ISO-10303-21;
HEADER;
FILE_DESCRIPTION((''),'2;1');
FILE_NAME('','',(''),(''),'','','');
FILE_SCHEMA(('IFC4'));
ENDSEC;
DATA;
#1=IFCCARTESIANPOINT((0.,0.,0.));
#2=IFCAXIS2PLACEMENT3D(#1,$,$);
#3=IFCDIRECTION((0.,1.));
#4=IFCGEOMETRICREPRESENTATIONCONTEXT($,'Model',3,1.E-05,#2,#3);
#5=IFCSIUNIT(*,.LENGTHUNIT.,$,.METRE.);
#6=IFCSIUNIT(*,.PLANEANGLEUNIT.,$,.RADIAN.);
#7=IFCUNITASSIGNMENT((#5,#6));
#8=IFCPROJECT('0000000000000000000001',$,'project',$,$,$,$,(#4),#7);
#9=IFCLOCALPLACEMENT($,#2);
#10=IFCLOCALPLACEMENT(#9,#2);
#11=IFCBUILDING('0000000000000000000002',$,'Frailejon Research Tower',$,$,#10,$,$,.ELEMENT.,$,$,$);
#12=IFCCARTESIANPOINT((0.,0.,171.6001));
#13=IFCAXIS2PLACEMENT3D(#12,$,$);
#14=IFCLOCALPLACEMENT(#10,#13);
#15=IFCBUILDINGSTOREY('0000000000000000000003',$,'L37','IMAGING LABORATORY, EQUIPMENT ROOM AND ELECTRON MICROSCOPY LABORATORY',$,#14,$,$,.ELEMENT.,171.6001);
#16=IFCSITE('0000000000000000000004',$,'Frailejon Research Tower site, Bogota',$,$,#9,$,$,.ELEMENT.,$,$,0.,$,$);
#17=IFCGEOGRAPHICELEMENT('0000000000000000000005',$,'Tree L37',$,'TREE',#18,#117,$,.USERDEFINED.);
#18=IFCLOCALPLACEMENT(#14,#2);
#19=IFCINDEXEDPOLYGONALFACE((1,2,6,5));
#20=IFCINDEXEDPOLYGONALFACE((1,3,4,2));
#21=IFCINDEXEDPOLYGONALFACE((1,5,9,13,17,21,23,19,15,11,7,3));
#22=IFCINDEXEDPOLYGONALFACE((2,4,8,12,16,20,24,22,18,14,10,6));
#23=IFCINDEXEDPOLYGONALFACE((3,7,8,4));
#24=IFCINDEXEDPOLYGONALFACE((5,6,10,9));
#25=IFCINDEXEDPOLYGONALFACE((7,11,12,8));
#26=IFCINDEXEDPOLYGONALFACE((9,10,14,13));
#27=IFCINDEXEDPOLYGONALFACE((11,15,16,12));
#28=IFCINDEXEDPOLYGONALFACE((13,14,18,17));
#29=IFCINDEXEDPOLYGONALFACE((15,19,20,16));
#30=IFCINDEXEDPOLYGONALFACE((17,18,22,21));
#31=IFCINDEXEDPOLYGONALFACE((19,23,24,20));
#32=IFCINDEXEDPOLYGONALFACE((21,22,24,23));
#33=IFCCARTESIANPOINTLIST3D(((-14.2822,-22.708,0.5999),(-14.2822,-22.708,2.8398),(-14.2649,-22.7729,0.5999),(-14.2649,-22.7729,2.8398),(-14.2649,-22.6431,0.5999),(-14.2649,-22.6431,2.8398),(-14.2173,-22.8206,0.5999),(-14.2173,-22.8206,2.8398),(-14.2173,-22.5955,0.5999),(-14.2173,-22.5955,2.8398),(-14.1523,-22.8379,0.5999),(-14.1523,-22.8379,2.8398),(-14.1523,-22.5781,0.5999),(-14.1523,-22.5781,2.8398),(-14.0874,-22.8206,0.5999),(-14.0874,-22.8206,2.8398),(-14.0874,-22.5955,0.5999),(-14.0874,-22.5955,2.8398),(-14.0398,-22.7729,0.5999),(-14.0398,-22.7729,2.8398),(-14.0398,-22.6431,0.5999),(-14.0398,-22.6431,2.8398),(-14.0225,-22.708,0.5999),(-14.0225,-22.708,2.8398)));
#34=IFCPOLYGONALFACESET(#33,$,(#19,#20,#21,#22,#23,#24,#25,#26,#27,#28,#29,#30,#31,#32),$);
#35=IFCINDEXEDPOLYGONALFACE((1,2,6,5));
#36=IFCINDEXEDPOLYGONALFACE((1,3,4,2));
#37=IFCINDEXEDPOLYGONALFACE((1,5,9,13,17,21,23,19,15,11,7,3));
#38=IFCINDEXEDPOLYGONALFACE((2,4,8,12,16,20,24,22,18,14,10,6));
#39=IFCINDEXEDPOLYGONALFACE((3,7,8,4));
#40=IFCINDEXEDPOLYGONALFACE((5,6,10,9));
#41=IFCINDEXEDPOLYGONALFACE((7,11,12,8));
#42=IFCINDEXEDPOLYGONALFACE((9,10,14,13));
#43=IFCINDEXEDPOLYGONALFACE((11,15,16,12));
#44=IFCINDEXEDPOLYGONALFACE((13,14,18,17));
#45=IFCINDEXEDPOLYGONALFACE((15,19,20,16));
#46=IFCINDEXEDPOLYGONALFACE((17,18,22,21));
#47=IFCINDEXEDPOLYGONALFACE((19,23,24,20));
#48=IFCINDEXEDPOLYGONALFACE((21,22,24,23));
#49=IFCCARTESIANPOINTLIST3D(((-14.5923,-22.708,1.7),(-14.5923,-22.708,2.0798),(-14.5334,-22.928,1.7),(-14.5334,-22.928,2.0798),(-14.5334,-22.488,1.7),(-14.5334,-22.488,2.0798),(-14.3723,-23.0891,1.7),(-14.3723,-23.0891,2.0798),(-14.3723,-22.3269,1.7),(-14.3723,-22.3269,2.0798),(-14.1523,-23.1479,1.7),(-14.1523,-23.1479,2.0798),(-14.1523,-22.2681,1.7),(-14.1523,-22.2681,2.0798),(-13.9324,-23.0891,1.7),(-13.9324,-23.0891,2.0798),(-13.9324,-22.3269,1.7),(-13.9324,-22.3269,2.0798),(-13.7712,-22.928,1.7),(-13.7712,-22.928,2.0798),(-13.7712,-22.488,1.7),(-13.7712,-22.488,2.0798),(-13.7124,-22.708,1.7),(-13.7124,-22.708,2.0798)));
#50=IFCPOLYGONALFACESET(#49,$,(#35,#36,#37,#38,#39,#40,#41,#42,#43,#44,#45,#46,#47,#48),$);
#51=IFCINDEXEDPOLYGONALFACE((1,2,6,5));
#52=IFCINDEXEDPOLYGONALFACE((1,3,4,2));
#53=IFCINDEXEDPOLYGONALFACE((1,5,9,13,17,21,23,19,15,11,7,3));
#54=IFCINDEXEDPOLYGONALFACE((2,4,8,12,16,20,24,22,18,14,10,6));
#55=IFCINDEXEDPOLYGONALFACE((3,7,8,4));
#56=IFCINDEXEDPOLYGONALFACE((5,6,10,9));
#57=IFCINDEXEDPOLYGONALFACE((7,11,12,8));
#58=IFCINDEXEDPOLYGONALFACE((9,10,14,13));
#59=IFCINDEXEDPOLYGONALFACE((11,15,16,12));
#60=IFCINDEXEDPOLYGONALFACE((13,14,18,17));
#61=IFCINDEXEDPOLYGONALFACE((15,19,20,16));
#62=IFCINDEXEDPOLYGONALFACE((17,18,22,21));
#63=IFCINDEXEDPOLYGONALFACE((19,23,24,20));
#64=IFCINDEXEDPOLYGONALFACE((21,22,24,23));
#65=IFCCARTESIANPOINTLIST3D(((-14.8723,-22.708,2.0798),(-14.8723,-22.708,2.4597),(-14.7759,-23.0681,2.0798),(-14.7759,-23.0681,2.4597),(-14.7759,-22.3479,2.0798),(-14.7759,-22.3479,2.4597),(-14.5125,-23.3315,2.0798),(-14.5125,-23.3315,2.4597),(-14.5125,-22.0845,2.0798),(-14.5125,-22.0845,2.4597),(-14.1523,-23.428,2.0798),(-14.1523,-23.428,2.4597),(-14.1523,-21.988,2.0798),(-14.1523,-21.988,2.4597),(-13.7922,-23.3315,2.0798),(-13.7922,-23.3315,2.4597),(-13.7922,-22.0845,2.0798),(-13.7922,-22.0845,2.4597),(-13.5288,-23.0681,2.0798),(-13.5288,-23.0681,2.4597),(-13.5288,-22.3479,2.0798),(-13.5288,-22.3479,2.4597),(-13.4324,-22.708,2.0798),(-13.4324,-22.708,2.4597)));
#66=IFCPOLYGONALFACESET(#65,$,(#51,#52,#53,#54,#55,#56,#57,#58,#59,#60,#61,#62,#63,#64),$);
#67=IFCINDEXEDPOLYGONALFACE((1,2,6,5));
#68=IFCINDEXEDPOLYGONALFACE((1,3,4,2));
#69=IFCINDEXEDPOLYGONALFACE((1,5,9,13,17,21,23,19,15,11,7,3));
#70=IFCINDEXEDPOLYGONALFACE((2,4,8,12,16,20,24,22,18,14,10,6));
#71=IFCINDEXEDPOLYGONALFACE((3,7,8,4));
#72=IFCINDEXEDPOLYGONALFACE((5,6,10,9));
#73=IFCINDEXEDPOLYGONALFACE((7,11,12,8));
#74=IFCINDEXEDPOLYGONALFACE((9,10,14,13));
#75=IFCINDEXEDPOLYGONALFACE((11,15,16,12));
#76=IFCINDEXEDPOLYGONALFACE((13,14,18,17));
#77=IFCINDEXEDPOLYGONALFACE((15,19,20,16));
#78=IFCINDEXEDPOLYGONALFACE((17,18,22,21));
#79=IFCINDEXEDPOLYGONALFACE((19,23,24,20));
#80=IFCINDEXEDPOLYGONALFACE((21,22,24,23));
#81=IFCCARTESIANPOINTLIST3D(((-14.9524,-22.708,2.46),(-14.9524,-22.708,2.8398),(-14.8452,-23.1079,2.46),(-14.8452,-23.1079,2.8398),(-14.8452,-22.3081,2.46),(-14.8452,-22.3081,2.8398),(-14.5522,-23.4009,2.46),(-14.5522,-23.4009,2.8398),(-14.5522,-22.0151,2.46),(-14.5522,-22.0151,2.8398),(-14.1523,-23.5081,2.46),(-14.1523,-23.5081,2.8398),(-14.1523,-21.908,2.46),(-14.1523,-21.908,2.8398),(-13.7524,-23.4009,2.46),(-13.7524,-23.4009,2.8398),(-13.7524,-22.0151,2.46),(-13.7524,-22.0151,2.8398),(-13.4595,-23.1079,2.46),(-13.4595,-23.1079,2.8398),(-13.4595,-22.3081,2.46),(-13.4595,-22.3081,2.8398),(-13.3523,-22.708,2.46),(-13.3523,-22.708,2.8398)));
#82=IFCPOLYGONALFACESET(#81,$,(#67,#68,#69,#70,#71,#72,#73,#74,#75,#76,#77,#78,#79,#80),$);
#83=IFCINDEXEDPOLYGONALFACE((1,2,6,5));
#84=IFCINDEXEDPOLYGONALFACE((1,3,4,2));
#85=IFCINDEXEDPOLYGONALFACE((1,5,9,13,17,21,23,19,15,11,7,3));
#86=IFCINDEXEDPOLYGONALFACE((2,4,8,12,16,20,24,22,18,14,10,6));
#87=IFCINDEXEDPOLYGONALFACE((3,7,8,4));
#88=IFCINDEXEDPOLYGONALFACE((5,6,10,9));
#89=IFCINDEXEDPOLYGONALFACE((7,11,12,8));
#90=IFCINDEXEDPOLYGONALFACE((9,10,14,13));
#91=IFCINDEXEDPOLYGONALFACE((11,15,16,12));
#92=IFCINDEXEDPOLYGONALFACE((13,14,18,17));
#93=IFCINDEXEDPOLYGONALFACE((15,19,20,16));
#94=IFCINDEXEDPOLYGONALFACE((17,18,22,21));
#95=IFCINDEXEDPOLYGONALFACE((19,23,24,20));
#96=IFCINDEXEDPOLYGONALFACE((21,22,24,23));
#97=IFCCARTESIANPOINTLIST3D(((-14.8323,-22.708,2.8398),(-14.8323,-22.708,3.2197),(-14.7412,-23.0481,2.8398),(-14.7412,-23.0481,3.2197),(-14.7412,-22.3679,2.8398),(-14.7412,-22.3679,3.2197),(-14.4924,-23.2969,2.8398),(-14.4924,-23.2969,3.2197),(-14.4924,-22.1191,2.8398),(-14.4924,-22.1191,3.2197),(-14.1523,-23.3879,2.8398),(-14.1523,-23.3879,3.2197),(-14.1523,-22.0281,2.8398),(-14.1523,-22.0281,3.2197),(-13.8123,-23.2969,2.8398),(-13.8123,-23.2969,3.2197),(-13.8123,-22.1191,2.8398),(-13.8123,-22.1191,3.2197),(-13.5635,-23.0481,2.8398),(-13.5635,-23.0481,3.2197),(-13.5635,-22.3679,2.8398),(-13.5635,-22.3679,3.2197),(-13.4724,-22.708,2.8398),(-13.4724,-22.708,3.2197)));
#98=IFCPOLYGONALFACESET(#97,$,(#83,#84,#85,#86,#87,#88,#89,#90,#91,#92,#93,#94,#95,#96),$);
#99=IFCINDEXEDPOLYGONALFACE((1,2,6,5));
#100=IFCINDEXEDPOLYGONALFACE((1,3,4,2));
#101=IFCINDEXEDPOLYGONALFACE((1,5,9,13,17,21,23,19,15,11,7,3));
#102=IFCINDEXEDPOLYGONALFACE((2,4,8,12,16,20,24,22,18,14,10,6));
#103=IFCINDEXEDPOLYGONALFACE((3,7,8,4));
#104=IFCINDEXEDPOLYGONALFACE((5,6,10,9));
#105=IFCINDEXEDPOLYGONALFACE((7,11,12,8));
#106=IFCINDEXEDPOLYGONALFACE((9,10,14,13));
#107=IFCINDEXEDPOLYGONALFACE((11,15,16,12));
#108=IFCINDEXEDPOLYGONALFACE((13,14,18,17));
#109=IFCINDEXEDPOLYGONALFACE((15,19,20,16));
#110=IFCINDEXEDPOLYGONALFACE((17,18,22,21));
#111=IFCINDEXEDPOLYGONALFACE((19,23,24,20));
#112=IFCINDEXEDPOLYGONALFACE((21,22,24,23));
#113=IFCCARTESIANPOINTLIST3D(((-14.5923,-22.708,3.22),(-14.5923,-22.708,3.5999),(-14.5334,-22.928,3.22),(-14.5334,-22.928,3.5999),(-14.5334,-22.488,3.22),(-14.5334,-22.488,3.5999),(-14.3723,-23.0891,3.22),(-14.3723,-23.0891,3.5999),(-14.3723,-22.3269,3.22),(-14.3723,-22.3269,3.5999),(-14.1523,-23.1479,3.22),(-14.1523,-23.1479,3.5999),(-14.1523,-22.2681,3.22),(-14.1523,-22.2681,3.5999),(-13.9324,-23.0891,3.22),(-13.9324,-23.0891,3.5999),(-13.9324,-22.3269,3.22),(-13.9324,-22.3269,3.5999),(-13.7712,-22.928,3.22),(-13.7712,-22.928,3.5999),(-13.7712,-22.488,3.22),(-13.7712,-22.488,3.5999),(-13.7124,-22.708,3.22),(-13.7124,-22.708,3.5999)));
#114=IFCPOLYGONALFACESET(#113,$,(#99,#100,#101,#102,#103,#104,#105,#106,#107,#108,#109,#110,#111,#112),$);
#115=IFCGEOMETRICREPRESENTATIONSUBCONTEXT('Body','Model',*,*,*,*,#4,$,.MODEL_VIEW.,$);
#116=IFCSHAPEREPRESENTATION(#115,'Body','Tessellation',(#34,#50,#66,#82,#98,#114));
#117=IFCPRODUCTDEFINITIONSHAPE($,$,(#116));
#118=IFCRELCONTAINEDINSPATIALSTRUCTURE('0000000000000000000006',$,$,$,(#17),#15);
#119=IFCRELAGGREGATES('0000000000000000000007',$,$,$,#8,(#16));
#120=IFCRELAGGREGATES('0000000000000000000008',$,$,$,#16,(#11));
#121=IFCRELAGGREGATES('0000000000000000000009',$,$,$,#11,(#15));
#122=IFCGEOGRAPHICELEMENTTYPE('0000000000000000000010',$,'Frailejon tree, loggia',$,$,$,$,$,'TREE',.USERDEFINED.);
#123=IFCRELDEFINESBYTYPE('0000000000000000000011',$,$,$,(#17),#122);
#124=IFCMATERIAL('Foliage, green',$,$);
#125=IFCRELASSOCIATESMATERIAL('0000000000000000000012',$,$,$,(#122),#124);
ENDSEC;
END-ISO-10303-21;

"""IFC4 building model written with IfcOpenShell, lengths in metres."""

from ifc_helpers import new_model, si_unit, direction, frame, origin, place, context, subcontext, project, spatial, polyline, outline, extrude, material, type_object, element, save


model = new_model("IFC4")

# Units and contexts
model_context = context("Model", 3, precision=1e-05, world=origin(), true_north=direction((0.0, 1.0)))
body_context = subcontext(model_context, "Body", "Model", "MODEL_VIEW")
ifc_project = project(units=[si_unit("LENGTHUNIT", "METRE"), si_unit("PLANEANGLEUNIT", "RADIAN")], contexts=[model_context])

# Site, building, storey
site_placement = place(None, origin())
site = spatial("IfcSite", under=ifc_project, at=site_placement, Name="Frailejon Research Tower site, Bogota", CompositionType="ELEMENT", RefElevation=0.0)
building_placement = place(site_placement, origin())
building = spatial("IfcBuilding", under=site, at=building_placement, Name="Frailejon Research Tower", CompositionType="ELEMENT")
storey_placement = place(building_placement, frame((0.0, 0.0, 171.6001)))
storey = spatial("IfcBuildingStorey", under=building, at=storey_placement, Name="L37", Description="IMAGING LABORATORY, EQUIPMENT ROOM AND ELECTRON MICROSCOPY LABORATORY", CompositionType="ELEMENT", Elevation=171.6001)

# Geographic element
ifc_material_1 = material(Name="Foliage, green")
geographic_element_type = type_object("IfcGeographicElementType", Name="Frailejon tree, loggia", ElementType="TREE", PredefinedType="USERDEFINED", material=ifc_material_1)
geographic_element_placement = place(storey_placement, frame((-14.1523, -22.708, 0.5999)))
element("IfcGeographicElement", 1, at=geographic_element_placement, inside=storey, type_object=geographic_element_type, Name="Tree L37", ObjectType="TREE", PredefinedType="USERDEFINED", context=body_context, shape_type="SweptSolid", body=[
    extrude(outline(polyline([(0.1299, 0.0), (0.1125, 0.0649), (0.0649, 0.1125), (0.0, 0.1299), (-0.0649, 0.1125), (-0.1125, 0.0649), (-0.1299, 0.0), (-0.1125, -0.0649), (-0.0649, -0.1125), (0.0, -0.1299), (0.0649, -0.1125), (0.1125, -0.0649), (0.1299, 0.0)])), origin(), (0.0, 0.0, 1.0), 2.24),
    extrude(outline(polyline([(0.4399, 0.0), (0.3811, 0.22), (0.22, 0.3811), (0.0, 0.4399), (-0.22, 0.3811), (-0.3811, 0.22), (-0.4399, 0.0), (-0.3811, -0.22), (-0.22, -0.3811), (0.0, -0.4399), (0.22, -0.3811), (0.3811, -0.22), (0.4399, 0.0)])), frame((0.0, 0.0, 1.1001)), (0.0, 0.0, 1.0), 0.3799),
    extrude(outline(polyline([(0.72, 0.0), (0.6235, 0.3601), (0.3601, 0.6235), (0.0, 0.72), (-0.3601, 0.6235), (-0.6235, 0.3601), (-0.72, 0.0), (-0.6235, -0.3601), (-0.3601, -0.6235), (0.0, -0.72), (0.3601, -0.6235), (0.6235, -0.3601), (0.72, 0.0)])), frame((0.0, 0.0, 1.48)), (0.0, 0.0, 1.0), 0.3799),
    extrude(outline(polyline([(0.8, 0.0), (0.6929, 0.3999), (0.3999, 0.6929), (0.0, 0.8), (-0.3999, 0.6929), (-0.6929, 0.3999), (-0.8, 0.0), (-0.6929, -0.3999), (-0.3999, -0.6929), (0.0, -0.8), (0.3999, -0.6929), (0.6929, -0.3999), (0.8, 0.0)])), frame((0.0, 0.0, 1.8601)), (0.0, 0.0, 1.0), 0.3799),
    extrude(outline(polyline([(0.6799, 0.0), (0.5889, 0.3401), (0.3401, 0.5889), (0.0, 0.6799), (-0.3401, 0.5889), (-0.5889, 0.3401), (-0.6799, 0.0), (-0.5889, -0.3401), (-0.3401, -0.5889), (0.0, -0.6799), (0.3401, -0.5889), (0.5889, -0.3401), (0.6799, 0.0)])), frame((0.0, 0.0, 2.24)), (0.0, 0.0, 1.0), 0.3799),
    extrude(outline(polyline([(0.4399, 0.0), (0.3811, 0.22), (0.22, 0.3811), (0.0, 0.4399), (-0.22, 0.3811), (-0.3811, 0.22), (-0.4399, 0.0), (-0.3811, -0.22), (-0.22, -0.3811), (0.0, -0.4399), (0.22, -0.3811), (0.3811, -0.22), (0.4399, 0.0)])), frame((0.0, 0.0, 2.6201)), (0.0, 0.0, 1.0), 0.3799),
])

save(model, "model.ifc")
